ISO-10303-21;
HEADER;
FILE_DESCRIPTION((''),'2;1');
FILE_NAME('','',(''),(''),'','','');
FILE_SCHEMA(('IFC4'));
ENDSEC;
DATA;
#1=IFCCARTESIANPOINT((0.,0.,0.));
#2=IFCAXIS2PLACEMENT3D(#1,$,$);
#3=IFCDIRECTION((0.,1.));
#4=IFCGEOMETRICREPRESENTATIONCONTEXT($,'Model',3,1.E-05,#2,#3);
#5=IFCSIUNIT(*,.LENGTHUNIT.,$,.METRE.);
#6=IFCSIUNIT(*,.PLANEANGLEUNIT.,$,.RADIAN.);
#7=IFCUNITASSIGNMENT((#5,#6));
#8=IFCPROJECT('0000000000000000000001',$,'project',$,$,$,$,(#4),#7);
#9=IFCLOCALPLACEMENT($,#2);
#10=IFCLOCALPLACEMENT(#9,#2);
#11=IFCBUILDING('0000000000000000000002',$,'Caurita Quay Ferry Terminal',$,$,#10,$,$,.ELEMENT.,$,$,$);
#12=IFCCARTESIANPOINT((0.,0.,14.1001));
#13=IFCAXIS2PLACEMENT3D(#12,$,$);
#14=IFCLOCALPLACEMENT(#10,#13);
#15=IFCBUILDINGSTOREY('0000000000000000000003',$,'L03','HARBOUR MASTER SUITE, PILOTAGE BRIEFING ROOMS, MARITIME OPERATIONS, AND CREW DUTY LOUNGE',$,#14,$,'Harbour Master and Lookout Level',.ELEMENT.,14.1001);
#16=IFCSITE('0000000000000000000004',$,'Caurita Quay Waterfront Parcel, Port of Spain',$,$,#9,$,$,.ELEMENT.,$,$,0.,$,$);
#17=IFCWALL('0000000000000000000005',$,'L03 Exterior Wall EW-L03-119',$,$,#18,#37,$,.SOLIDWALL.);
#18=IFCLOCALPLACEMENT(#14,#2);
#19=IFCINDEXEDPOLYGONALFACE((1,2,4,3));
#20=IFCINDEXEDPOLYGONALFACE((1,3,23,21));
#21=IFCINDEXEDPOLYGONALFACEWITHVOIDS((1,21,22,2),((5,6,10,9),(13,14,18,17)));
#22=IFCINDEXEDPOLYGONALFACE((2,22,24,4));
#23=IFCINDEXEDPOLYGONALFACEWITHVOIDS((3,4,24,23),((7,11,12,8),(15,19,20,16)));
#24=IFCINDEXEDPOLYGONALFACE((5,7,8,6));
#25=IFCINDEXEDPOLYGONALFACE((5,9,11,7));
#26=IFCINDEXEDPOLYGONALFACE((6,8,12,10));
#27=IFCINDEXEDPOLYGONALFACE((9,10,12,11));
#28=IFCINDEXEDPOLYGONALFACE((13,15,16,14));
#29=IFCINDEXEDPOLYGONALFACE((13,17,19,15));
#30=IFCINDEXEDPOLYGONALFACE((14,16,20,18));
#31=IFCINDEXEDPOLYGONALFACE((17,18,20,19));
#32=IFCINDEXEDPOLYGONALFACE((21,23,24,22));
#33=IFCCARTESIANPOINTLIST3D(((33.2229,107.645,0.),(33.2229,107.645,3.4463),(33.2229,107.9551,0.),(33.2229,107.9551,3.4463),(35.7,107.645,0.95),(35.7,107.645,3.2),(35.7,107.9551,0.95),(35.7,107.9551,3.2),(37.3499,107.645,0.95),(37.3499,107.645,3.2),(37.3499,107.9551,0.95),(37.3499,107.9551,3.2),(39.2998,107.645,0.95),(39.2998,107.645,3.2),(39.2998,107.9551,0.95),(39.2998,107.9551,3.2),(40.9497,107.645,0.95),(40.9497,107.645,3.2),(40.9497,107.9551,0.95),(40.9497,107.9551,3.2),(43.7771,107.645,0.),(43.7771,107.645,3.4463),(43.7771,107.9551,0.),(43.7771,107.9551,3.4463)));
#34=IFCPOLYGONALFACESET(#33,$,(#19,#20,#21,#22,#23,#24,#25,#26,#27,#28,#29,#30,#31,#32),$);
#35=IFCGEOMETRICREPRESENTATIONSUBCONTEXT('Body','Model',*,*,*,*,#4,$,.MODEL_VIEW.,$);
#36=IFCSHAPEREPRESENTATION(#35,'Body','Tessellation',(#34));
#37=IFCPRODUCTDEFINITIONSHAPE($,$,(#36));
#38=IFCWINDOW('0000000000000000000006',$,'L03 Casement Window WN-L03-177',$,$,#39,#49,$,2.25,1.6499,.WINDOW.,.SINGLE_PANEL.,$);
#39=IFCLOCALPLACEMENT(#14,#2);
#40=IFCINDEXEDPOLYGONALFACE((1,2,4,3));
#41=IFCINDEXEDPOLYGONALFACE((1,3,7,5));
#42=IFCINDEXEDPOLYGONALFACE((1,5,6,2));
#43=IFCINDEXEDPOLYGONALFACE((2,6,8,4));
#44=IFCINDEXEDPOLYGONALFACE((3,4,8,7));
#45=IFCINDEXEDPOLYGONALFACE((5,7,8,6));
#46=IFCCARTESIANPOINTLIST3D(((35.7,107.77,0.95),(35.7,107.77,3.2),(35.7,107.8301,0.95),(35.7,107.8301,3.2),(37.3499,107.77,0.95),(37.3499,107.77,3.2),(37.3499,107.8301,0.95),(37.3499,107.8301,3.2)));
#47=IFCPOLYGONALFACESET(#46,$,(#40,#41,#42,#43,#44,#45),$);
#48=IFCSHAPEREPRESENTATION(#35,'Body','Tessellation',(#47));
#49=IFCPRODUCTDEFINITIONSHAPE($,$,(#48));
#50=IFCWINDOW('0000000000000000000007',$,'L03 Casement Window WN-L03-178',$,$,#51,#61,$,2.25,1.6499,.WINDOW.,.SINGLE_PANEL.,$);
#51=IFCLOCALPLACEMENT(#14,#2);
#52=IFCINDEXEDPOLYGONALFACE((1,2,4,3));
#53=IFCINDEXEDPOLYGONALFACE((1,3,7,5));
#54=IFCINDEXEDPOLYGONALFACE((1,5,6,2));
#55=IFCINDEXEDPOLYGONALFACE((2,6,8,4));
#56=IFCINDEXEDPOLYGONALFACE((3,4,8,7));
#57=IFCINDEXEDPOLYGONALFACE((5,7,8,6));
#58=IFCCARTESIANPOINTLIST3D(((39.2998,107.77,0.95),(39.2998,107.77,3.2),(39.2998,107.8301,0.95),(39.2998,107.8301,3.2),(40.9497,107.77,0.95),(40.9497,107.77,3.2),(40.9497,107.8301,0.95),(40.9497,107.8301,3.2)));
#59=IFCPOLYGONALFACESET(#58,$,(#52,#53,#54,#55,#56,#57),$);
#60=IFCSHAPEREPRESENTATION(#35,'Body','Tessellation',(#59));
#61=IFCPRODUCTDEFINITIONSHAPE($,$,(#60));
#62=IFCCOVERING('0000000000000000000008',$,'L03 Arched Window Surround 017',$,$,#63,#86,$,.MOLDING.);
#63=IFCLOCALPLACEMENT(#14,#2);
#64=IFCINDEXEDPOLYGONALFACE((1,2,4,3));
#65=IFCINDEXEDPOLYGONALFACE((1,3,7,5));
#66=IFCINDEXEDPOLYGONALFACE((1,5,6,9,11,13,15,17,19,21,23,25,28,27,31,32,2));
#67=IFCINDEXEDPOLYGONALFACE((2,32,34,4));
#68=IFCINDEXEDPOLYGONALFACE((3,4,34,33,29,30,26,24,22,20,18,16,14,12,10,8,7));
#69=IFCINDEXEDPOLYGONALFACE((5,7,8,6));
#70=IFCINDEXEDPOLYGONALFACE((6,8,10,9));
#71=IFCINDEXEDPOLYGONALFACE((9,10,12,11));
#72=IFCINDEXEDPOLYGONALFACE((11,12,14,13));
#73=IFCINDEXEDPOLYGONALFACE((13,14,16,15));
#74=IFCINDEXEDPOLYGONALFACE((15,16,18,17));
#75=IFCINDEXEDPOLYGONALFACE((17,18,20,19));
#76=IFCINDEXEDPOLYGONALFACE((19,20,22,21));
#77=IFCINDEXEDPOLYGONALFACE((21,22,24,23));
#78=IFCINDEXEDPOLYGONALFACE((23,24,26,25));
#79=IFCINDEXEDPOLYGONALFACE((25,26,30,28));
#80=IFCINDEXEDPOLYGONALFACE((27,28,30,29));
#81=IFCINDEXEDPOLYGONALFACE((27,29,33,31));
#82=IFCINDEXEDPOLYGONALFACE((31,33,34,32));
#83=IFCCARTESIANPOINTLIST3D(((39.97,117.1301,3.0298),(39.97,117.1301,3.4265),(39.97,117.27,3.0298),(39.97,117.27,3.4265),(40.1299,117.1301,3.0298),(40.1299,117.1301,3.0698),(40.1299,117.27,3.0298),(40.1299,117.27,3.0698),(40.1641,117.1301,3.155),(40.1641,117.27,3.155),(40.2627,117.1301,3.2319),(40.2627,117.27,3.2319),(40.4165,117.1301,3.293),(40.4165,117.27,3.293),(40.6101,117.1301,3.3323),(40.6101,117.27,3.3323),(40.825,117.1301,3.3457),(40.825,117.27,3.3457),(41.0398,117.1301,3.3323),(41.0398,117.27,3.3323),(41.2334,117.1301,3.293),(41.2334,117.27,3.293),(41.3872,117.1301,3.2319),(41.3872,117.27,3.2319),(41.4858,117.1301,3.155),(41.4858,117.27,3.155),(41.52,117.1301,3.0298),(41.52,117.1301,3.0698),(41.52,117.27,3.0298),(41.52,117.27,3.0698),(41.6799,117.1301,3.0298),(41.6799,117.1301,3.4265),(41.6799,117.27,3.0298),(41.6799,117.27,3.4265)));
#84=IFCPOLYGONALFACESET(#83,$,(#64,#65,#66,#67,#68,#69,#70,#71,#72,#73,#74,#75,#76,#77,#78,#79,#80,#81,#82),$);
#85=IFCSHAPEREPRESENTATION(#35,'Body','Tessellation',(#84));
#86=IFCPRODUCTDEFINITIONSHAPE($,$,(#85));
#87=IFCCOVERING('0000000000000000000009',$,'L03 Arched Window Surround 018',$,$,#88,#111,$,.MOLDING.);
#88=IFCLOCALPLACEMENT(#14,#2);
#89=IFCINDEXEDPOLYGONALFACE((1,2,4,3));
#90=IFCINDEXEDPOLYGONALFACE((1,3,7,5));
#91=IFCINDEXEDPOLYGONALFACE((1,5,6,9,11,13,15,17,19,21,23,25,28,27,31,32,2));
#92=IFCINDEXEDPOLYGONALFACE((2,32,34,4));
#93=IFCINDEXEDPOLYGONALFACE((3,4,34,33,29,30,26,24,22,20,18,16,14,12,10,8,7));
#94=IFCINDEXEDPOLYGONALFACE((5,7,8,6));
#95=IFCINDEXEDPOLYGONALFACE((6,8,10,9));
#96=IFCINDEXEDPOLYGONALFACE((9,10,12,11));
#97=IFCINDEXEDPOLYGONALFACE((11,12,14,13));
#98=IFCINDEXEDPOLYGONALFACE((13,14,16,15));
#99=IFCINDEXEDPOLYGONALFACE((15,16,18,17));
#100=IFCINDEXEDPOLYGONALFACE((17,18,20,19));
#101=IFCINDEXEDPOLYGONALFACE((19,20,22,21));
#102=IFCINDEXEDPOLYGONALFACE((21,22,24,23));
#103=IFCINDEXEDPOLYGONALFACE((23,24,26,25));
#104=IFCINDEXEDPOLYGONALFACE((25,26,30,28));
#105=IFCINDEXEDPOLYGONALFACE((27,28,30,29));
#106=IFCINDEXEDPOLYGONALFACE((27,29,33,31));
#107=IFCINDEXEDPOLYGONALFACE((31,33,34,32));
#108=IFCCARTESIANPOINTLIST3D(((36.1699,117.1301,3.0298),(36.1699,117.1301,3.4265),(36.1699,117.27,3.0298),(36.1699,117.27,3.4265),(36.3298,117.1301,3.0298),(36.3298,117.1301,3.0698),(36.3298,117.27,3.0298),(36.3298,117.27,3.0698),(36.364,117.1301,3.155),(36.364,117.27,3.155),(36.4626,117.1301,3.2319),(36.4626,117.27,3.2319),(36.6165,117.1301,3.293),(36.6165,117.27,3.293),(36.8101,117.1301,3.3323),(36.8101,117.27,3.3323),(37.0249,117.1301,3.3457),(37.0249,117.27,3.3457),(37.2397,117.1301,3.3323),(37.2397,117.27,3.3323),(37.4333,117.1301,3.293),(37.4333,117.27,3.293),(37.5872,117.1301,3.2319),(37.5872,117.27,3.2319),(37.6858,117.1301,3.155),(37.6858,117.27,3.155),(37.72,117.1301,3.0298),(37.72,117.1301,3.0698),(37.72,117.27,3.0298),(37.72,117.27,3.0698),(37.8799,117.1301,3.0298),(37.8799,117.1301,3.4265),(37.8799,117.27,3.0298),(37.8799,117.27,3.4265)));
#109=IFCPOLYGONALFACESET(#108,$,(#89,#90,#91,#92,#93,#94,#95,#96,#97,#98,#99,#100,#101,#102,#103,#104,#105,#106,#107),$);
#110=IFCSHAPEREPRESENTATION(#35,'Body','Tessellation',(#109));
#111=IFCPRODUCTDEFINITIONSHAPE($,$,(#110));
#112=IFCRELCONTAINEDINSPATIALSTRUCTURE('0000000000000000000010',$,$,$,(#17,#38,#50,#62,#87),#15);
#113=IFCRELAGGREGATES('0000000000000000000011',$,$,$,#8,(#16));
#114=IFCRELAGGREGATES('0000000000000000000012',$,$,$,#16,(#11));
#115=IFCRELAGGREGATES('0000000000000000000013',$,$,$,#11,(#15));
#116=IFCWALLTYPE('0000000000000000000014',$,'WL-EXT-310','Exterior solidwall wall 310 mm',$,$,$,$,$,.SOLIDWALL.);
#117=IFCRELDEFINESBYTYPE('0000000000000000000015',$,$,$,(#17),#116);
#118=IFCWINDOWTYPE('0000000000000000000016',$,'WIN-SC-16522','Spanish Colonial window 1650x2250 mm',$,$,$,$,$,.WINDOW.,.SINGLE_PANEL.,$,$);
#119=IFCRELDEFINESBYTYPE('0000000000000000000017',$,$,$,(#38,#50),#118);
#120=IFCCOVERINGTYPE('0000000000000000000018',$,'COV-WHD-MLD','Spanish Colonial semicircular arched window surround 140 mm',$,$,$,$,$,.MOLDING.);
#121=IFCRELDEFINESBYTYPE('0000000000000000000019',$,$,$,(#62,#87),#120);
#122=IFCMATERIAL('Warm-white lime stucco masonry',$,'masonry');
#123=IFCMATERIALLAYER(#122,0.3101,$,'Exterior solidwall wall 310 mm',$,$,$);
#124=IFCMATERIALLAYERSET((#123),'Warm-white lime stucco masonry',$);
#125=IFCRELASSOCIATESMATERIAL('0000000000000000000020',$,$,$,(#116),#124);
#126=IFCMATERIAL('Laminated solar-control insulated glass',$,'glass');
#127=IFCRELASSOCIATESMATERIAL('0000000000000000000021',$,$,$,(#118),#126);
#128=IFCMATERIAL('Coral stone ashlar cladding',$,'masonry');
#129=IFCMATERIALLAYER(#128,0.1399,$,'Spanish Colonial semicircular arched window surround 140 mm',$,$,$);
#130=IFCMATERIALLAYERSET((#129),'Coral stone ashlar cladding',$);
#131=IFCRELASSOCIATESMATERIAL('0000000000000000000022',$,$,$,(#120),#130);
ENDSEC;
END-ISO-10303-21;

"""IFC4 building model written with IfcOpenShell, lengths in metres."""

from ifc_helpers import new_model, si_unit, direction, frame, frame_2d, origin, place, context, subcontext, project, spatial, polyline, rectangle, outline, extrude, material, layer, layer_set, type_object, element, fill, save


model = new_model("IFC4")

# Units and contexts
model_context = context("Model", 3, precision=1e-05, world=origin(), true_north=direction((0.0, 1.0)))
body_context = subcontext(model_context, "Body", "Model", "MODEL_VIEW")
ifc_project = project(units=[si_unit("LENGTHUNIT", "METRE"), si_unit("PLANEANGLEUNIT", "RADIAN")], contexts=[model_context])

# Site, building, storey
site_placement = place(None, origin())
site = spatial("IfcSite", under=ifc_project, at=site_placement, Name="Caurita Quay Waterfront Parcel, Port of Spain", CompositionType="ELEMENT", RefElevation=0.0)
building_placement = place(site_placement, origin())
building = spatial("IfcBuilding", under=site, at=building_placement, Name="Caurita Quay Ferry Terminal", CompositionType="ELEMENT")
storey_placement = place(building_placement, frame((0.0, 0.0, 14.1001)))
storey = spatial("IfcBuildingStorey", under=building, at=storey_placement, Name="L03", Description="HARBOUR MASTER SUITE, PILOTAGE BRIEFING ROOMS, MARITIME OPERATIONS, AND CREW DUTY LOUNGE", LongName="Harbour Master and Lookout Level", CompositionType="ELEMENT", Elevation=14.1001)

# Wall, openings, windows
ifc_material_1 = material(Name="Warm-white lime stucco masonry", Category="masonry")
ifc_material_2 = material(Name="Laminated solar-control insulated glass", Category="glass")
ifc_layer_1 = layer(ifc_material_1, 0.3101, Name="Exterior solidwall wall 310 mm")
ifc_layer_set_1 = layer_set([ifc_layer_1], Name="Warm-white lime stucco masonry")
wall_type_1 = type_object("IfcWallType", Name="WL-EXT-310", Description="Exterior solidwall wall 310 mm", PredefinedType="SOLIDWALL", material=ifc_layer_set_1)
wall_1_placement = place(storey_placement, frame((33.2229, 107.8, 0.0), z_axis=(0.0, 0.0, 1.0), x_axis=(1.0, 0.0, 0.0)))
wall_1 = element("IfcWall", 1, at=wall_1_placement, inside=storey, type_object=wall_type_1, Name="L03 Exterior Wall EW-L03-119", PredefinedType="SOLIDWALL", context=body_context, shape_type="SweptSolid", body=[
    extrude(rectangle(XDim=10.5542, YDim=0.3101, at=frame_2d((5.2771, 0.0))), origin(), (0.0, 0.0, 1.0), 3.4463),
])
opening_1_placement = place(wall_1_placement, frame((2.4771, 0.0, 0.95)))
opening_1 = element("IfcOpeningElement", 2, at=opening_1_placement, cuts=wall_1, PredefinedType="OPENING", context=body_context, shape_type="SweptSolid", body=[
    extrude(rectangle(XDim=1.6499, YDim=2.25, at=frame_2d((0.825, 1.125))), frame((0.0, 0.165, 0.0), z_axis=(0.0, -1.0, 0.0), x_axis=(1.0, 0.0, 0.0)), (0.0, 0.0, 1.0), 0.3301),
])
opening_2_placement = place(wall_1_placement, frame((6.0769, 0.0, 0.95)))
opening_2 = element("IfcOpeningElement", 3, at=opening_2_placement, cuts=wall_1, PredefinedType="OPENING", context=body_context, shape_type="SweptSolid", body=[
    extrude(rectangle(XDim=1.6499, YDim=2.25, at=frame_2d((0.825, 1.125))), frame((0.0, 0.165, 0.0), z_axis=(0.0, -1.0, 0.0), x_axis=(1.0, 0.0, 0.0)), (0.0, 0.0, 1.0), 0.3301),
])
window_type_1 = type_object("IfcWindowType", Name="WIN-SC-16522", Description="Spanish Colonial window 1650x2250 mm", PartitioningType="SINGLE_PANEL", PredefinedType="WINDOW", material=ifc_material_2)
window_1_placement = place(opening_1_placement, origin())
window_1 = element("IfcWindow", 4, at=window_1_placement, inside=storey, type_object=window_type_1, Name="L03 Casement Window WN-L03-177", OverallHeight=2.25, OverallWidth=1.6499, PartitioningType="SINGLE_PANEL", PredefinedType="WINDOW", context=body_context, shape_type="SweptSolid", body=[
    extrude(rectangle(XDim=1.6499, YDim=2.25, at=frame_2d((0.825, 1.125))), frame((0.0, 0.03, 0.0), z_axis=(0.0, -1.0, 0.0), x_axis=(1.0, 0.0, 0.0)), (0.0, 0.0, 1.0), 0.0601),
])
fill(opening_1, window_1)
window_2_placement = place(opening_2_placement, origin())
window_2 = element("IfcWindow", 5, at=window_2_placement, inside=storey, type_object=window_type_1, Name="L03 Casement Window WN-L03-178", OverallHeight=2.25, OverallWidth=1.6499, PartitioningType="SINGLE_PANEL", PredefinedType="WINDOW", context=body_context, shape_type="SweptSolid", body=[
    extrude(rectangle(XDim=1.6499, YDim=2.25, at=frame_2d((0.825, 1.125))), frame((0.0, 0.03, 0.0), z_axis=(0.0, -1.0, 0.0), x_axis=(1.0, 0.0, 0.0)), (0.0, 0.0, 1.0), 0.0601),
])
fill(opening_2, window_2)

# Coverings
ifc_material_3 = material(Name="Coral stone ashlar cladding", Category="masonry")
ifc_layer_2 = layer(ifc_material_3, 0.1399, Name="Spanish Colonial semicircular arched window surround 140 mm")
ifc_layer_set_2 = layer_set([ifc_layer_2], Name="Coral stone ashlar cladding")
covering_type = type_object("IfcCoveringType", Name="COV-WHD-MLD", Description="Spanish Colonial semicircular arched window surround 140 mm", PredefinedType="MOLDING", material=ifc_layer_set_2)
for number, where, z_axis, x_axis, name in (
    (6, (41.6799, 117.2, 3.0298), (0.0, 0.0, 1.0), (-1.0, 0.0, 0.0), "L03 Arched Window Surround 017"),
    (7, (37.8799, 117.2, 3.0298), (0.0, 0.0, 1.0), (-1.0, 0.0, 0.0), "L03 Arched Window Surround 018"),
):
    element("IfcCovering", number, at=place(storey_placement, frame(where, z_axis=z_axis, x_axis=x_axis)), inside=storey, type_object=covering_type, Name=name, PredefinedType="MOLDING", context=body_context, shape_type="SweptSolid", body=[
        extrude(outline(polyline([(0.0, 0.0), (0.1599, 0.0), (0.1599, 0.04), (0.1941, 0.1252), (0.2927, 0.2021), (0.4465, 0.2632), (0.6401, 0.3025), (0.855, 0.3159), (1.0698, 0.3025), (1.2634, 0.2632), (1.4172, 0.2021), (1.5159, 0.1252), (1.55, 0.04), (1.55, 0.0), (1.71, 0.0), (1.71, 0.3967), (0.0, 0.3967), (0.0, 0.0)])), frame((0.0, 0.0698, 0.0), z_axis=(0.0, -1.0, 0.0), x_axis=(1.0, 0.0, 0.0)), (0.0, 0.0, 1.0), 0.1399),
    ])

save(model, "model.ifc")
